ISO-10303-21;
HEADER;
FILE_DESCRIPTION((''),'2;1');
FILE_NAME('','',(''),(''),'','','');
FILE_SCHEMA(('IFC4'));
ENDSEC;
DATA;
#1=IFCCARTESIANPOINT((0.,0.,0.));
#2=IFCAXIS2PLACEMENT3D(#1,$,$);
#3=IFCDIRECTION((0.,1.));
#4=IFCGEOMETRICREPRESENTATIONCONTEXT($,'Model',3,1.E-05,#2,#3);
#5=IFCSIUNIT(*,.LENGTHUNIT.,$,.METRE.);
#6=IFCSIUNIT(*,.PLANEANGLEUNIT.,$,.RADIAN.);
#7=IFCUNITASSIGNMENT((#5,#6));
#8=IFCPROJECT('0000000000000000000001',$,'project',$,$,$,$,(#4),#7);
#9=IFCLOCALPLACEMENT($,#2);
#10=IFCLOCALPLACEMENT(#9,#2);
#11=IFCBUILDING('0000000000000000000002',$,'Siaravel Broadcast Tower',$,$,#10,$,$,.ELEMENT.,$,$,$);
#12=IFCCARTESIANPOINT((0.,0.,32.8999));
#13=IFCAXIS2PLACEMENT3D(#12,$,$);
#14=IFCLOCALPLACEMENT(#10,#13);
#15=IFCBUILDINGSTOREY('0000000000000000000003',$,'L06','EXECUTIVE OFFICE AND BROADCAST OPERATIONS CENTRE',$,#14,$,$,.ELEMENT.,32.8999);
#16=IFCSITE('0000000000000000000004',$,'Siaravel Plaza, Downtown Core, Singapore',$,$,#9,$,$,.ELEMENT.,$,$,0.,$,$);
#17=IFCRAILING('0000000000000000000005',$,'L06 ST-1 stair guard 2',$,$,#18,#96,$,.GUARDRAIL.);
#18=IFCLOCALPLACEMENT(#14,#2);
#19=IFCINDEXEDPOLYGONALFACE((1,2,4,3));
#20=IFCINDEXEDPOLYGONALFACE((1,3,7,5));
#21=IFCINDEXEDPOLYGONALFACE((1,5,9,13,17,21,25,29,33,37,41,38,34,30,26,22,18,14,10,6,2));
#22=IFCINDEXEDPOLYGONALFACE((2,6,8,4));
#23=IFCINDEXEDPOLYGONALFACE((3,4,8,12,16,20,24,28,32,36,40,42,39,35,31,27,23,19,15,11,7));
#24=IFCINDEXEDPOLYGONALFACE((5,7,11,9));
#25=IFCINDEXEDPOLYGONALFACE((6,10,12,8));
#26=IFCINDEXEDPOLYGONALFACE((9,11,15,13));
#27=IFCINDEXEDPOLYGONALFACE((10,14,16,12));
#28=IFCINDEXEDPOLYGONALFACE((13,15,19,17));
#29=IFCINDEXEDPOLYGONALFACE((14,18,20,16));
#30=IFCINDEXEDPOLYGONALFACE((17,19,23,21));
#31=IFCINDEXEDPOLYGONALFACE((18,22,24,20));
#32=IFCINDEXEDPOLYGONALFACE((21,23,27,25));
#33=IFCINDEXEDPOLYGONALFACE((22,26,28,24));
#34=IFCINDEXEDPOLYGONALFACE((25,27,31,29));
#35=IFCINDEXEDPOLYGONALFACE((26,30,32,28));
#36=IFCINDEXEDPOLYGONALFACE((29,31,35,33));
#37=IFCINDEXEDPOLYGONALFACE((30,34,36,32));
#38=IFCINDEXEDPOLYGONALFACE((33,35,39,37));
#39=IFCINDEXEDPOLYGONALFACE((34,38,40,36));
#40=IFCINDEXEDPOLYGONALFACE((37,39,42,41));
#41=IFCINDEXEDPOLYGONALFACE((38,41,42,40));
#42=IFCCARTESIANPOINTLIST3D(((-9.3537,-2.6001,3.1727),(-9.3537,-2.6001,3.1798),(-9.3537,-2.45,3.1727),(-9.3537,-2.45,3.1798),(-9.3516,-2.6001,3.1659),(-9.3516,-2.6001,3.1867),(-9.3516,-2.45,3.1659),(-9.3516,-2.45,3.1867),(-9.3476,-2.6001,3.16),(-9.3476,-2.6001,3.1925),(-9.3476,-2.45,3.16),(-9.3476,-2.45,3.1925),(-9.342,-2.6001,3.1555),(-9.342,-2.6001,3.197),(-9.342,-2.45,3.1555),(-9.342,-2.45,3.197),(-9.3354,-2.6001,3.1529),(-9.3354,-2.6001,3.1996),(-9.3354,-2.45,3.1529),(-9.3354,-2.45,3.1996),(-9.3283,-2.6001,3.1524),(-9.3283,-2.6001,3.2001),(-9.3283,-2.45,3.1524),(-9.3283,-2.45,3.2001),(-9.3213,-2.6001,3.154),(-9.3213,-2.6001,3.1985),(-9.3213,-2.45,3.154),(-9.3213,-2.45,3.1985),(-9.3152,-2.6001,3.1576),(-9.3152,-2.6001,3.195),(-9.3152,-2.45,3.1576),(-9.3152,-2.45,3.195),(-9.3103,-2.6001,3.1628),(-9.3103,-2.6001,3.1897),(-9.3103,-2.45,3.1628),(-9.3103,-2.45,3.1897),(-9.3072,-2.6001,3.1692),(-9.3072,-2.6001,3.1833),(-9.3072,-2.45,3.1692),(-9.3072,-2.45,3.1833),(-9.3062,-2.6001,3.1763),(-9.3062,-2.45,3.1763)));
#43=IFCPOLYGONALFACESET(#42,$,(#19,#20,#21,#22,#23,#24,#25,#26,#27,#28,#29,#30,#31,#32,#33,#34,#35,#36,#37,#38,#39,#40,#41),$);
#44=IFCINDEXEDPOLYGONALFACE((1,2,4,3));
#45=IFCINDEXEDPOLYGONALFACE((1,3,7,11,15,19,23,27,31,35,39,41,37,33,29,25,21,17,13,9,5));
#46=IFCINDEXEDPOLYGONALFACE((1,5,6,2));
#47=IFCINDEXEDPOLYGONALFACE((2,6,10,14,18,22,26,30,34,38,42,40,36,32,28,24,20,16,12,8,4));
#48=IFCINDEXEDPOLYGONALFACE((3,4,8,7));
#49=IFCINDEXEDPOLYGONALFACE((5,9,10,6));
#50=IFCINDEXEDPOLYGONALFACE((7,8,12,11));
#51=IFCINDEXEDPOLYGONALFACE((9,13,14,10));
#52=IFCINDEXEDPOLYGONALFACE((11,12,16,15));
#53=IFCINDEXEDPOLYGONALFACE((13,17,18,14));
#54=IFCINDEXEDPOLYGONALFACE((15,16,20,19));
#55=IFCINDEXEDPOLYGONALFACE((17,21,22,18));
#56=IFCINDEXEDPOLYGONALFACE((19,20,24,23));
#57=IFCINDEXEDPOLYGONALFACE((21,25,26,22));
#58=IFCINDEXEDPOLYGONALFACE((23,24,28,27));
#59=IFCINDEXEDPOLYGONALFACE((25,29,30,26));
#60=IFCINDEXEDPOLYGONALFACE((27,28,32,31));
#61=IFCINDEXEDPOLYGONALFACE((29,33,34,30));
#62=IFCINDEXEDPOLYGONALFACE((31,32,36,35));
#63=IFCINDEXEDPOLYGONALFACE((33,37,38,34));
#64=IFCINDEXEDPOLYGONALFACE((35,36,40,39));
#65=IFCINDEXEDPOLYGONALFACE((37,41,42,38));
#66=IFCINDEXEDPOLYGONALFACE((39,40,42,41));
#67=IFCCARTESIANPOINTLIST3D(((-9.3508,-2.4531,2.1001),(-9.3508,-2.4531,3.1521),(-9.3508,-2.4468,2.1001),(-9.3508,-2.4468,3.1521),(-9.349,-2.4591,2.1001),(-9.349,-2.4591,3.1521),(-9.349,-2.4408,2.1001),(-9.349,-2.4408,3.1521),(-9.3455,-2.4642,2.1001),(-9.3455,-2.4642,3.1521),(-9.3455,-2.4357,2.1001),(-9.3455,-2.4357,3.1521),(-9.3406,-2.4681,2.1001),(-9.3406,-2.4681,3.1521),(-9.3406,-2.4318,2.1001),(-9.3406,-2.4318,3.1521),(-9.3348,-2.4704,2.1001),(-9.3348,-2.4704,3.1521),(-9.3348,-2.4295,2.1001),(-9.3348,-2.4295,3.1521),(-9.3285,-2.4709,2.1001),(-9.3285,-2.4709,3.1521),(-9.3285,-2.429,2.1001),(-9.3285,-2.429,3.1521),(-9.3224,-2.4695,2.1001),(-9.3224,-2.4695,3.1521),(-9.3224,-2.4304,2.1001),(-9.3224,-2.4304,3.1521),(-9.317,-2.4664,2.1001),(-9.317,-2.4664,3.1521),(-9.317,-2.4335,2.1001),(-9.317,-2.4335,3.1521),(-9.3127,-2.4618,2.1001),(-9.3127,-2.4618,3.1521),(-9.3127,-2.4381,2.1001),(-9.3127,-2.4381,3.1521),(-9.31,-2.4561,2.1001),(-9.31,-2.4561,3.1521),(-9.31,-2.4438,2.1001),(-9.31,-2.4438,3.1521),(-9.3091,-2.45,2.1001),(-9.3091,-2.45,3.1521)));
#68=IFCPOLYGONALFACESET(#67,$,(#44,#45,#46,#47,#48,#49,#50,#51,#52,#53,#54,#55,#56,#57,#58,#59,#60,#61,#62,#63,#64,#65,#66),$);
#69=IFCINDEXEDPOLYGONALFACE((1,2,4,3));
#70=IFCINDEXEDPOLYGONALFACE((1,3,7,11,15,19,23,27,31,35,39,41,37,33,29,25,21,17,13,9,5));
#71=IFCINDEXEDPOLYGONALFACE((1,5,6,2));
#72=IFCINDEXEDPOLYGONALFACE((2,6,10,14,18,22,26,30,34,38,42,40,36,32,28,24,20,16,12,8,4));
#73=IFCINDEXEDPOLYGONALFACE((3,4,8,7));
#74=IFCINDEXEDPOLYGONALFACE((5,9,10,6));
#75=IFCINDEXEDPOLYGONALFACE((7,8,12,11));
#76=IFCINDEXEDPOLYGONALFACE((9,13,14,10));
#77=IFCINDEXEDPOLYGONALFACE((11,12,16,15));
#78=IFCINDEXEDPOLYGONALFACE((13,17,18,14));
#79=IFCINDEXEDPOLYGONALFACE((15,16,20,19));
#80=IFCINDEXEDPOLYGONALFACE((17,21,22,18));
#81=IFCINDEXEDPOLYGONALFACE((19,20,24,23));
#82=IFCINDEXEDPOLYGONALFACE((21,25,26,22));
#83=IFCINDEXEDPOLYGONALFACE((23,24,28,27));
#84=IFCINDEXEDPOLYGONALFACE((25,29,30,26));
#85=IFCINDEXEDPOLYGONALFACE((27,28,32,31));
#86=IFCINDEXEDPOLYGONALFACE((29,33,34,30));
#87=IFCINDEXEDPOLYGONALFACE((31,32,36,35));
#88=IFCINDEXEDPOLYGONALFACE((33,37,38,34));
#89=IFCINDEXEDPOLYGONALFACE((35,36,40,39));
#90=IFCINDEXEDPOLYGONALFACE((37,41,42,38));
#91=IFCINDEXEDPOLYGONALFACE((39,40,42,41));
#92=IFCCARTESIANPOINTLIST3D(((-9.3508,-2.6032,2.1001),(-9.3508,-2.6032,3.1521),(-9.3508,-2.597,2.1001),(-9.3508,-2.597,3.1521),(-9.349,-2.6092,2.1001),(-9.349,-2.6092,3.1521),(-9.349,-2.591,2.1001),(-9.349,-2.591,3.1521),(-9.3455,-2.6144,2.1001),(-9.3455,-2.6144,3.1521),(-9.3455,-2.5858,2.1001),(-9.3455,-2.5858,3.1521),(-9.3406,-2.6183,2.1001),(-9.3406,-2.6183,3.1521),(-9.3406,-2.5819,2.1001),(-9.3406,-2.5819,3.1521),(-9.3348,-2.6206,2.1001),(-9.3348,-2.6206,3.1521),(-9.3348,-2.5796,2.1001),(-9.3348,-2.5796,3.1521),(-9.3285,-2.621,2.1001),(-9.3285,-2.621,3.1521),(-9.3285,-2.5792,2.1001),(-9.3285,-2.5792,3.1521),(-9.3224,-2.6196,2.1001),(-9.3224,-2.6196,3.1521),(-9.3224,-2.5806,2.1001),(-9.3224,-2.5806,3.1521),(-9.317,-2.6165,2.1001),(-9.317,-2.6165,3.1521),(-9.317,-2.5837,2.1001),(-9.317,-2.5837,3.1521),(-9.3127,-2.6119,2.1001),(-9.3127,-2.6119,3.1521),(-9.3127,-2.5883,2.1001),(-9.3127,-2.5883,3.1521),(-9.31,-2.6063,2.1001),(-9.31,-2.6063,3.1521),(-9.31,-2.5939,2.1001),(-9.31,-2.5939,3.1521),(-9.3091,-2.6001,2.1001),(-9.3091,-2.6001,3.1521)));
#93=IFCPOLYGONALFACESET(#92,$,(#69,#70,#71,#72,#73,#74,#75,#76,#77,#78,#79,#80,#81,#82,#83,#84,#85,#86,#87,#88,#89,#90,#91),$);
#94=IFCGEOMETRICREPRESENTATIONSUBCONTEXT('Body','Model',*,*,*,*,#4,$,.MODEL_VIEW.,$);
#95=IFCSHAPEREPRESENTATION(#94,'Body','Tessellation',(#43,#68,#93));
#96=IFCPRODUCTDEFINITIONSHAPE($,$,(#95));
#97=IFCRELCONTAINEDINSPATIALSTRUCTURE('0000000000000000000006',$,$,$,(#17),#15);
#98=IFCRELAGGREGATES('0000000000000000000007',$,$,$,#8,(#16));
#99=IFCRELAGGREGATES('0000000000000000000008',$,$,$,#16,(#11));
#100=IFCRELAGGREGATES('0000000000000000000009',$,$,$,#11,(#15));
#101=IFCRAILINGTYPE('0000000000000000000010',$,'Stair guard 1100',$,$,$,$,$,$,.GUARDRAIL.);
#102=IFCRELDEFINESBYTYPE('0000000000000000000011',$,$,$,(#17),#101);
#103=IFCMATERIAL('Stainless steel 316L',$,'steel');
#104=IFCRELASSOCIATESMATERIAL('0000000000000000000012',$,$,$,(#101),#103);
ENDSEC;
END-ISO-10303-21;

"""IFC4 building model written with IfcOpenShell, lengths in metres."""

from ifc_helpers import new_model, si_unit, direction, frame, origin, origin_2d, place, context, subcontext, project, spatial, circle, extrude, material, type_object, element, save


model = new_model("IFC4")

# Units and contexts
model_context = context("Model", 3, precision=1e-05, world=origin(), true_north=direction((0.0, 1.0)))
body_context = subcontext(model_context, "Body", "Model", "MODEL_VIEW")
ifc_project = project(units=[si_unit("LENGTHUNIT", "METRE"), si_unit("PLANEANGLEUNIT", "RADIAN")], contexts=[model_context])

# Site, building, storey
site_placement = place(None, origin())
site = spatial("IfcSite", under=ifc_project, at=site_placement, Name="Siaravel Plaza, Downtown Core, Singapore", CompositionType="ELEMENT", RefElevation=0.0)
building_placement = place(site_placement, origin())
building = spatial("IfcBuilding", under=site, at=building_placement, Name="Siaravel Broadcast Tower", CompositionType="ELEMENT")
storey_placement = place(building_placement, frame((0.0, 0.0, 32.8999)))
storey = spatial("IfcBuildingStorey", under=building, at=storey_placement, Name="L06", Description="EXECUTIVE OFFICE AND BROADCAST OPERATIONS CENTRE", CompositionType="ELEMENT", Elevation=32.8999)

# Railing
ifc_material_1 = material(Name="Stainless steel 316L", Category="steel")
railing_type_1 = type_object("IfcRailingType", Name="Stair guard 1100", PredefinedType="GUARDRAIL", material=ifc_material_1)
railing_1_placement = place(storey_placement, frame((-9.3301, -2.45, 2.1001)))
element("IfcRailing", 1, at=railing_1_placement, inside=storey, type_object=railing_type_1, Name="L06 ST-1 stair guard 2", PredefinedType="GUARDRAIL", context=body_context, shape_type="SweptSolid", body=[
    extrude(circle(Radius=0.0239, at=origin_2d()), frame((0.0, 0.0, 1.0762), z_axis=(0.0, -1.0, 0.0), x_axis=(1.0, 0.0, 0.0)), (0.0, 0.0, 1.0), 0.1501),
    extrude(circle(Radius=0.021, at=origin_2d()), origin(), (0.0, 0.0, 1.0), 1.052),
    extrude(circle(Radius=0.021, at=origin_2d()), frame((0.0, -0.1501, 0.0)), (0.0, 0.0, 1.0), 1.052),
])

save(model, "model.ifc")
